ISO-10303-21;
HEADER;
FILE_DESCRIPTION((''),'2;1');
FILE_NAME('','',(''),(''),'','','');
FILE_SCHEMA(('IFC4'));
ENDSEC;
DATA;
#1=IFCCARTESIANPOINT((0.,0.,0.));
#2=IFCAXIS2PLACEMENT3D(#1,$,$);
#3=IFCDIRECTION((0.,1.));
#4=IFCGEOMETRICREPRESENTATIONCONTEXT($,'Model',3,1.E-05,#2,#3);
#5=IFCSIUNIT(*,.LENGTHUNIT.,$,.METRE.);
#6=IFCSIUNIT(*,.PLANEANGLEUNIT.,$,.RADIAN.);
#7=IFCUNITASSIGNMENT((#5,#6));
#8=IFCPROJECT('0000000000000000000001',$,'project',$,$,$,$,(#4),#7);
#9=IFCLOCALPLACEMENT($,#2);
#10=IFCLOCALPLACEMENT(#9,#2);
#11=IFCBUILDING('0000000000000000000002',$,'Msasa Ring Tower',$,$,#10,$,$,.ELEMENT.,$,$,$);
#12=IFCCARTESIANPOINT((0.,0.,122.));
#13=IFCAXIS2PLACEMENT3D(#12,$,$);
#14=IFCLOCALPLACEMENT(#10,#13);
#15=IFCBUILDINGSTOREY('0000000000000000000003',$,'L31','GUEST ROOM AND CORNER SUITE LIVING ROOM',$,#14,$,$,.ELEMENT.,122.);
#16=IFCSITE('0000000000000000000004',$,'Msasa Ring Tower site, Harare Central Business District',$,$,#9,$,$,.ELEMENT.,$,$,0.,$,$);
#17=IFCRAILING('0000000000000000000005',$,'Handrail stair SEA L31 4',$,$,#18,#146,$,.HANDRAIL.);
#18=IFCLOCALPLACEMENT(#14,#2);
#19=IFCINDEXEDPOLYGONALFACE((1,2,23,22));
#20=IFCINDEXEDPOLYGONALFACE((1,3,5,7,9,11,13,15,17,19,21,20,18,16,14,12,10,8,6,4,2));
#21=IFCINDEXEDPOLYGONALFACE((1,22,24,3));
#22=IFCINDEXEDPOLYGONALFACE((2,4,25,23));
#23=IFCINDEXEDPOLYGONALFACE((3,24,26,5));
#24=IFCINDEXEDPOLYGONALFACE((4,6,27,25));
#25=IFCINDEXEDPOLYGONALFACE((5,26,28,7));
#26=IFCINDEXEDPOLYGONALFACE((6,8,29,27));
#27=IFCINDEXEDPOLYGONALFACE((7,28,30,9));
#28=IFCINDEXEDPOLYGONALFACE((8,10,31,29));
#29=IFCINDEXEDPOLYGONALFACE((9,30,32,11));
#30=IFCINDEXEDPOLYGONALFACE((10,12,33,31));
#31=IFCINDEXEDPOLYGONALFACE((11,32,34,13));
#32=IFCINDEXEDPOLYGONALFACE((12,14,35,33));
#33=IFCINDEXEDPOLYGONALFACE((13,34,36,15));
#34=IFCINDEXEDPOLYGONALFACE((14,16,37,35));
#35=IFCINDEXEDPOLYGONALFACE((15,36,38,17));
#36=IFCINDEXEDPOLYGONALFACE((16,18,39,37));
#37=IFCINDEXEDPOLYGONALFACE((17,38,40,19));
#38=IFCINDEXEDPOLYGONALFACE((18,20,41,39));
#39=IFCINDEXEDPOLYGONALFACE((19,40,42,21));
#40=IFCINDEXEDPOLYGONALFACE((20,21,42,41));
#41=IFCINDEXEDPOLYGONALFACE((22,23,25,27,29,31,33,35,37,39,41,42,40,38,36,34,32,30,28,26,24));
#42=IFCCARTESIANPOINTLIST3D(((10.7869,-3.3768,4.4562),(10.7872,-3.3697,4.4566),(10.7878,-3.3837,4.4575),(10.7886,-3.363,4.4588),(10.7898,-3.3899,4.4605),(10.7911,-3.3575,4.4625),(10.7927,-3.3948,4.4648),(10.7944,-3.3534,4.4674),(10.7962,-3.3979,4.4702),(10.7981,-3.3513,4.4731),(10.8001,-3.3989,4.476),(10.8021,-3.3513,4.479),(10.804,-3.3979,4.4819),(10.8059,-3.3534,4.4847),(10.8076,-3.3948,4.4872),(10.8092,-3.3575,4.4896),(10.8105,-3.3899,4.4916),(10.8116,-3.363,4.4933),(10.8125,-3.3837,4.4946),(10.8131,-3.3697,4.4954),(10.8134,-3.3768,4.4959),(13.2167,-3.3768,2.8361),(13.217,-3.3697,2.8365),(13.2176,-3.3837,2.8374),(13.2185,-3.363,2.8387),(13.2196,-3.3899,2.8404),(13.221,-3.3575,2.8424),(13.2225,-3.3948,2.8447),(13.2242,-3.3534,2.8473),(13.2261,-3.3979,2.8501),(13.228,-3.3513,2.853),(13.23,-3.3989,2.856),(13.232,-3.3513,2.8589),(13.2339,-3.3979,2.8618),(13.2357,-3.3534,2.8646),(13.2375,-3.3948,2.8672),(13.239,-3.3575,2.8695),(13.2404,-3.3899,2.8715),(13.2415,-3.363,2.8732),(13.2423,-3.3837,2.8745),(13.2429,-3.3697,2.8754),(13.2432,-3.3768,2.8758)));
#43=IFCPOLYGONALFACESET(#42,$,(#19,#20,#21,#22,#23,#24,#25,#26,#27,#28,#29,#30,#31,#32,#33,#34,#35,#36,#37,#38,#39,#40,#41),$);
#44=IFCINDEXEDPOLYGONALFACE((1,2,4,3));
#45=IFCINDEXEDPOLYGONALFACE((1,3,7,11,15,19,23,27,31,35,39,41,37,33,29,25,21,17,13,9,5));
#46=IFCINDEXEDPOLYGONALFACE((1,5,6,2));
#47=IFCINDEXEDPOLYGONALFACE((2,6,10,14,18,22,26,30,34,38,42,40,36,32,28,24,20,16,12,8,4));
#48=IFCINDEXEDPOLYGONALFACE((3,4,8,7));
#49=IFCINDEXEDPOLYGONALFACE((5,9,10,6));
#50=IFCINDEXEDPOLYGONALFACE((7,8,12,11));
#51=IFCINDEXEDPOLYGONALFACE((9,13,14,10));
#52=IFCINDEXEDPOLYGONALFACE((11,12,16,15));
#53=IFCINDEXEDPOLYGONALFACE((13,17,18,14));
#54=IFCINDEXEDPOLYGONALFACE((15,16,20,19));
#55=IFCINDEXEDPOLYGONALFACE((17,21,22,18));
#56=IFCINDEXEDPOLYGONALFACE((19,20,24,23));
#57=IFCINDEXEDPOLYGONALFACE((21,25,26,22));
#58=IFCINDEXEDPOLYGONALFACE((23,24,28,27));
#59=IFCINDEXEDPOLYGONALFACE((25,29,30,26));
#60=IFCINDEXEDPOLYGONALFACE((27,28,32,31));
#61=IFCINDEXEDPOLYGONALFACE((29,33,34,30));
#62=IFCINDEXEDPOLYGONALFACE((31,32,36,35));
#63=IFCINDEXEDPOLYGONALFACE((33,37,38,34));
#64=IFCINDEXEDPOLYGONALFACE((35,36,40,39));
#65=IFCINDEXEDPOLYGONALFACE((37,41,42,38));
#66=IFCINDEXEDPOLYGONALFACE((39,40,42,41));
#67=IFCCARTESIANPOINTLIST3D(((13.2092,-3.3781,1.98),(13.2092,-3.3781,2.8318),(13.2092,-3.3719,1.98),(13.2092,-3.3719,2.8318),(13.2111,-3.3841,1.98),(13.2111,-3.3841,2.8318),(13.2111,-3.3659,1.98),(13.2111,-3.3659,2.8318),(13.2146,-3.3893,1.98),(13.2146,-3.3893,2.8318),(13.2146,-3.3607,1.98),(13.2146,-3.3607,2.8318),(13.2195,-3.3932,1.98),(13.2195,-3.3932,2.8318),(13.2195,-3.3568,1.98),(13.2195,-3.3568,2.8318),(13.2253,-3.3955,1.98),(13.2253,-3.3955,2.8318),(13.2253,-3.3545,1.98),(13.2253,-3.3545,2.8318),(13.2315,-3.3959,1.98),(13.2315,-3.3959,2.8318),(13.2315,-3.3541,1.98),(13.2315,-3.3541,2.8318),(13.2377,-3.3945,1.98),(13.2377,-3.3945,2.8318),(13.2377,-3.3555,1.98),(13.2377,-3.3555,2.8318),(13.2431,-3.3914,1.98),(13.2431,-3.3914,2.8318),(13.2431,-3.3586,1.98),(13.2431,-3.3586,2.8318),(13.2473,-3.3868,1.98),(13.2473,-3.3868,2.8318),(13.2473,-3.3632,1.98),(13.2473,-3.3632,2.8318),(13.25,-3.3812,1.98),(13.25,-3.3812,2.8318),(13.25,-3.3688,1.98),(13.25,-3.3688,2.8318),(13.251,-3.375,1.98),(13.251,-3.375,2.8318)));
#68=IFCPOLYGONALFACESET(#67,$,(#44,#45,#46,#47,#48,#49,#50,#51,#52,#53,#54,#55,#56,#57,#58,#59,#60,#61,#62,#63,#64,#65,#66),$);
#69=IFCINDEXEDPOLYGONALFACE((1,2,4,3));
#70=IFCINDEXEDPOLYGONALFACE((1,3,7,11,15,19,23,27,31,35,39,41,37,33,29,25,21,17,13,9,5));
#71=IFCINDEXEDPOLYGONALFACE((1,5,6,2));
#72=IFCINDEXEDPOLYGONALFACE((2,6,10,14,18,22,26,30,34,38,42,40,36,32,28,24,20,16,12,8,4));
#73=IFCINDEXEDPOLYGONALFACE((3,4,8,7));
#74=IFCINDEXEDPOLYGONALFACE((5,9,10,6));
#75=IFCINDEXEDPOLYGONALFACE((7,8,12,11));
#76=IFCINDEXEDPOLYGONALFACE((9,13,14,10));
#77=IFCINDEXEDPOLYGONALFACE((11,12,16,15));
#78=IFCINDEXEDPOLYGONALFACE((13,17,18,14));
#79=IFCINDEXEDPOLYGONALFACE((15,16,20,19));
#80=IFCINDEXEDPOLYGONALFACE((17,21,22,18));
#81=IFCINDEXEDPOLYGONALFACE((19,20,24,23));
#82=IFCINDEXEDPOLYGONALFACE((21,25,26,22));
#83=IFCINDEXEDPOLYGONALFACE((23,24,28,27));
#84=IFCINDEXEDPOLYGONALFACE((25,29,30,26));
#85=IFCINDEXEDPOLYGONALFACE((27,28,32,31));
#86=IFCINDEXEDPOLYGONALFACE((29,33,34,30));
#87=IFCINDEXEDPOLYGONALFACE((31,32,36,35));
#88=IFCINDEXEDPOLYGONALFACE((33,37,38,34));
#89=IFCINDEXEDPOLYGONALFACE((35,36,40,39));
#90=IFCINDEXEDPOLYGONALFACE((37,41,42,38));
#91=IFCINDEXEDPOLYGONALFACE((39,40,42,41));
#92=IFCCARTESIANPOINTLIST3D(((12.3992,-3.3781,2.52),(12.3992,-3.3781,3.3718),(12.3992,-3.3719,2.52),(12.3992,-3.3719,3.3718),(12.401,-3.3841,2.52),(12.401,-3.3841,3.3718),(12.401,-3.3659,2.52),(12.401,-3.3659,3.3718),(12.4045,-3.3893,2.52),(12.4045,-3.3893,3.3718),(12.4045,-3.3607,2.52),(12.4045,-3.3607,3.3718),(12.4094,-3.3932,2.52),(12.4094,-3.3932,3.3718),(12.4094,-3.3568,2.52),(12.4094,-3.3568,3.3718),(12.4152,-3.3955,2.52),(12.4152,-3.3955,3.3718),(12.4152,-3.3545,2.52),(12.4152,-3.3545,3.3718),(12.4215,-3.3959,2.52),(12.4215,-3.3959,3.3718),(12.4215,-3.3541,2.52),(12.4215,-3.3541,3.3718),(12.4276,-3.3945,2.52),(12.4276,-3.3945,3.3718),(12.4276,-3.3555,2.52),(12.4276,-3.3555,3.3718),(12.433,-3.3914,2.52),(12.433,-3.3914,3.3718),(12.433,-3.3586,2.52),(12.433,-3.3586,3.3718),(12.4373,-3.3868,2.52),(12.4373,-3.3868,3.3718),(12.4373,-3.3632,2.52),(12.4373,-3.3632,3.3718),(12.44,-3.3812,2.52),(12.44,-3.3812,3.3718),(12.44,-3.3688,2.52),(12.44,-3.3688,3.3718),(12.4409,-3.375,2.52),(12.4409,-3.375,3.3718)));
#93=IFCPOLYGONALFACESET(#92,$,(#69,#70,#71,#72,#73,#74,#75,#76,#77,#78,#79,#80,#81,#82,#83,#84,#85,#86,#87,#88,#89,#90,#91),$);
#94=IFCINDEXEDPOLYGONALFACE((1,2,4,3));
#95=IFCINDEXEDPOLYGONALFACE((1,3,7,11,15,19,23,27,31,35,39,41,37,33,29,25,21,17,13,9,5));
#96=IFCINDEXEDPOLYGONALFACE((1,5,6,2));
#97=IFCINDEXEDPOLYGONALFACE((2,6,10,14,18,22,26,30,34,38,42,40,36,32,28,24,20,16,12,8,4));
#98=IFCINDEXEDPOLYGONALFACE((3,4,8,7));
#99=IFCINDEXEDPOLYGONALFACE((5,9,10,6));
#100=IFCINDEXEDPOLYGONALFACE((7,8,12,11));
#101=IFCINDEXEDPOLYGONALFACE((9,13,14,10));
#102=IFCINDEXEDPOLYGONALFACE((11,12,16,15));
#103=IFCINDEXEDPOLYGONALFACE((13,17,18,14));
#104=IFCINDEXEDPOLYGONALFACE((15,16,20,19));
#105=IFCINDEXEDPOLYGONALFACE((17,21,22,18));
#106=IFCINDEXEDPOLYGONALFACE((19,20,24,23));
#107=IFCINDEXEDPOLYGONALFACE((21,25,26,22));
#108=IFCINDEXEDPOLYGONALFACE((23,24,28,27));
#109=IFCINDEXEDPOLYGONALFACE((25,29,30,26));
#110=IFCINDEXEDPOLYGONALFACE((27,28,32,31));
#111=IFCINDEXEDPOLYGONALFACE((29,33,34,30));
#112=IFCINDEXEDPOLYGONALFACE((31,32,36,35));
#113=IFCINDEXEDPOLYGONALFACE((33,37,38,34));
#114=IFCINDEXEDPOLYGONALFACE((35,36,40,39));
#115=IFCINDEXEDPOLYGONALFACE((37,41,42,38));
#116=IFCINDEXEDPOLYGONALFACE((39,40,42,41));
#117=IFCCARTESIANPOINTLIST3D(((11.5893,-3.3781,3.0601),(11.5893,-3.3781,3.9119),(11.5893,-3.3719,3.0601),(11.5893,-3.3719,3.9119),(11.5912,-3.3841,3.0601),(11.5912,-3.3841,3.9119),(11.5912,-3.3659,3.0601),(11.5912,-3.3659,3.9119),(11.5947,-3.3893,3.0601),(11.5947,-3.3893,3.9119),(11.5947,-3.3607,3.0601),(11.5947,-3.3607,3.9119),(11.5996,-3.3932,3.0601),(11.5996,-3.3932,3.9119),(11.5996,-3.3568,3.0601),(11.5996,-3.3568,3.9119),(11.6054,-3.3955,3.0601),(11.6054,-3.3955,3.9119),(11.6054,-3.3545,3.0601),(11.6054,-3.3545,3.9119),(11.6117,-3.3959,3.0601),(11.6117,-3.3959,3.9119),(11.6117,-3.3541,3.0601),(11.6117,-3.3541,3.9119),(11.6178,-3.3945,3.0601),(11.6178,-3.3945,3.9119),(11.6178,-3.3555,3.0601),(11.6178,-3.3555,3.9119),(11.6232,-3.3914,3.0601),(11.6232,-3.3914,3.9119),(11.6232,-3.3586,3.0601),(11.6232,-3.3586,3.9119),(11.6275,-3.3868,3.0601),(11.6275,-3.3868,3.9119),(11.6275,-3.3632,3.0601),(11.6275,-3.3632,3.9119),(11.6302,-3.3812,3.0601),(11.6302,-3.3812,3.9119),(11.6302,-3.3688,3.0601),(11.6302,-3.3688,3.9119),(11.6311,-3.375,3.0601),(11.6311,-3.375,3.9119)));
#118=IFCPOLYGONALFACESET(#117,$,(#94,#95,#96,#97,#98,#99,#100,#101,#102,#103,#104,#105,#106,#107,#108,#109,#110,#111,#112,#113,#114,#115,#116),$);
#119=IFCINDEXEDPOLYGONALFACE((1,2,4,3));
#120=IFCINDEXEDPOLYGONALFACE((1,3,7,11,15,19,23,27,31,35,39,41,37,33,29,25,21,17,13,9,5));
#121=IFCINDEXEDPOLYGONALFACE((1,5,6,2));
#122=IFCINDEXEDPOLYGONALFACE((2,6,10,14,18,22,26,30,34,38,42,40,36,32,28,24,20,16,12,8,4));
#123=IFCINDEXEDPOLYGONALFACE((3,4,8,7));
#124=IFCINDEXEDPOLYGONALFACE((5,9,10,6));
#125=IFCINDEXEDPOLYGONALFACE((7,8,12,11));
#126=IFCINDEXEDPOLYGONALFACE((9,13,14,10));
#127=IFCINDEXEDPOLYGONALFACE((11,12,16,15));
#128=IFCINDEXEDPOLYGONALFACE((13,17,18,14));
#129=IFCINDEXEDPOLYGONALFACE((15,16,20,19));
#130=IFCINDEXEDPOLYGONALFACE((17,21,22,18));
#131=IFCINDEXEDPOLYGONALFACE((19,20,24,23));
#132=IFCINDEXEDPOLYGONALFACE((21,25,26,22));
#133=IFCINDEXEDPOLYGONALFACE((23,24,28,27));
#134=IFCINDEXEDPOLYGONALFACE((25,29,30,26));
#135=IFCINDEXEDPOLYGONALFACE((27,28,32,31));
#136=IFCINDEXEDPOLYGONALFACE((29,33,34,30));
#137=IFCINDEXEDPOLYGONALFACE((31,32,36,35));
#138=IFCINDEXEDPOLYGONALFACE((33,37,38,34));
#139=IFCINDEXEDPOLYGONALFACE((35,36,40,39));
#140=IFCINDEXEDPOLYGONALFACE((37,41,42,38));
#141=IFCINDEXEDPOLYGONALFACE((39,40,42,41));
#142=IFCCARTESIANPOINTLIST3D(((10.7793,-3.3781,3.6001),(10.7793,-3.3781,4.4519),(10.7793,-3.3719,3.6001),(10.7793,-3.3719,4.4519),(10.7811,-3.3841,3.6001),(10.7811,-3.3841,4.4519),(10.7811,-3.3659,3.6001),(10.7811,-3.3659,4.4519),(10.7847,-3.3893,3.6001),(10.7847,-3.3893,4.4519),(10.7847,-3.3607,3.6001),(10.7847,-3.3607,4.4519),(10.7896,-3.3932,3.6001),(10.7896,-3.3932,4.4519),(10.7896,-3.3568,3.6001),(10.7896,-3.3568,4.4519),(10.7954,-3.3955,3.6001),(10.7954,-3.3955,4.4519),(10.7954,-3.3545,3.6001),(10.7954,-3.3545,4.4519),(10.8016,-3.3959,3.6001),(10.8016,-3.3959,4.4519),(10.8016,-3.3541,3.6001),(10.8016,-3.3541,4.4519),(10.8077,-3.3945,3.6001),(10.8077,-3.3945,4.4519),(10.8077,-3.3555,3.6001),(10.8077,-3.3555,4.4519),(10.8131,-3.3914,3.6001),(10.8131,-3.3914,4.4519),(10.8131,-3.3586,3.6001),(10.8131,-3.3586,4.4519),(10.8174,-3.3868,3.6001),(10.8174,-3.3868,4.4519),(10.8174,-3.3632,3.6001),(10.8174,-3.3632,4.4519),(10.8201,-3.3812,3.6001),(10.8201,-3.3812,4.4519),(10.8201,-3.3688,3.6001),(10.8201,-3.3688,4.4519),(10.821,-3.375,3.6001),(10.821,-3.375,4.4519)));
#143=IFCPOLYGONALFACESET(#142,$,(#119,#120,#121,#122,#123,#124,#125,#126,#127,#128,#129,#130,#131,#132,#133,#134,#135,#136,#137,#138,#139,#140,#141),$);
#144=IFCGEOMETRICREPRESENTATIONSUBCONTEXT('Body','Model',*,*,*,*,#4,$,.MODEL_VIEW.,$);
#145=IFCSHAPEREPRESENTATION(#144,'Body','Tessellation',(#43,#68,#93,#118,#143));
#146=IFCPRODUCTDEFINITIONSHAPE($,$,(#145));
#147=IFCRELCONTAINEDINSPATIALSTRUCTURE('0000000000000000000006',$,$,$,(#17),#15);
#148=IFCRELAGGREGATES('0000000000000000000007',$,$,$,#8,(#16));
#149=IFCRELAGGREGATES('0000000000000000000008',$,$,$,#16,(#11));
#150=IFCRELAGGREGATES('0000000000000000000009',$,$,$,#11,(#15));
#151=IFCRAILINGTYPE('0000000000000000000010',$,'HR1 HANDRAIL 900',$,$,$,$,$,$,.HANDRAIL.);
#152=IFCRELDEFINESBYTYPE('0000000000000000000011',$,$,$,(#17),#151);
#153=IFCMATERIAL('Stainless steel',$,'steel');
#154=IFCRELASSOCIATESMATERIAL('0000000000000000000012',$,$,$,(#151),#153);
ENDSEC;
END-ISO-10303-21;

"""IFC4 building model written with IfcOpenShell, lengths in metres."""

from ifc_helpers import new_model, si_unit, direction, frame, origin, origin_2d, place, context, subcontext, project, spatial, circle, extrude, material, type_object, element, save


model = new_model("IFC4")

# Units and contexts
model_context = context("Model", 3, precision=1e-05, world=origin(), true_north=direction((0.0, 1.0)))
body_context = subcontext(model_context, "Body", "Model", "MODEL_VIEW")
ifc_project = project(units=[si_unit("LENGTHUNIT", "METRE"), si_unit("PLANEANGLEUNIT", "RADIAN")], contexts=[model_context])

# Site, building, storey
site_placement = place(None, origin())
site = spatial("IfcSite", under=ifc_project, at=site_placement, Name="Msasa Ring Tower site, Harare Central Business District", CompositionType="ELEMENT", RefElevation=0.0)
building_placement = place(site_placement, origin())
building = spatial("IfcBuilding", under=site, at=building_placement, Name="Msasa Ring Tower", CompositionType="ELEMENT")
storey_placement = place(building_placement, frame((0.0, 0.0, 122.0)))
storey = spatial("IfcBuildingStorey", under=building, at=storey_placement, Name="L31", Description="GUEST ROOM AND CORNER SUITE LIVING ROOM", CompositionType="ELEMENT", Elevation=122.0)

# Railing
ifc_material_1 = material(Name="Stainless steel", Category="steel")
railing_type = type_object("IfcRailingType", Name="HR1 HANDRAIL 900", PredefinedType="HANDRAIL", material=ifc_material_1)
for number, where, name in (
    (1, (13.23, -3.375, 1.98), "Handrail stair SEA L31 4"),
):
    element("IfcRailing", number, at=place(storey_placement, frame(where)), inside=storey, type_object=railing_type, Name=name, PredefinedType="HANDRAIL", context=body_context, shape_type="SweptSolid", body=[
        extrude(circle(Radius=0.0239, at=origin_2d()), frame((0.0, 0.0, 0.876), z_axis=(-0.832025, 0.0, 0.554739), x_axis=(0.0, -1.0, 0.0)), (0.0, 0.0, 1.0), 2.9204),
        extrude(circle(Radius=0.021, at=origin_2d()), origin(), (0.0, 0.0, 1.0), 0.8518),
        extrude(circle(Radius=0.021, at=origin_2d()), frame((-0.8101, 0.0, 0.54)), (0.0, 0.0, 1.0), 0.8518),
        extrude(circle(Radius=0.021, at=origin_2d()), frame((-1.6199, 0.0, 1.0801)), (0.0, 0.0, 1.0), 0.8518),
        extrude(circle(Radius=0.021, at=origin_2d()), frame((-2.4299, 0.0, 1.6201)), (0.0, 0.0, 1.0), 0.8518),
    ])

save(model, "model.ifc")
